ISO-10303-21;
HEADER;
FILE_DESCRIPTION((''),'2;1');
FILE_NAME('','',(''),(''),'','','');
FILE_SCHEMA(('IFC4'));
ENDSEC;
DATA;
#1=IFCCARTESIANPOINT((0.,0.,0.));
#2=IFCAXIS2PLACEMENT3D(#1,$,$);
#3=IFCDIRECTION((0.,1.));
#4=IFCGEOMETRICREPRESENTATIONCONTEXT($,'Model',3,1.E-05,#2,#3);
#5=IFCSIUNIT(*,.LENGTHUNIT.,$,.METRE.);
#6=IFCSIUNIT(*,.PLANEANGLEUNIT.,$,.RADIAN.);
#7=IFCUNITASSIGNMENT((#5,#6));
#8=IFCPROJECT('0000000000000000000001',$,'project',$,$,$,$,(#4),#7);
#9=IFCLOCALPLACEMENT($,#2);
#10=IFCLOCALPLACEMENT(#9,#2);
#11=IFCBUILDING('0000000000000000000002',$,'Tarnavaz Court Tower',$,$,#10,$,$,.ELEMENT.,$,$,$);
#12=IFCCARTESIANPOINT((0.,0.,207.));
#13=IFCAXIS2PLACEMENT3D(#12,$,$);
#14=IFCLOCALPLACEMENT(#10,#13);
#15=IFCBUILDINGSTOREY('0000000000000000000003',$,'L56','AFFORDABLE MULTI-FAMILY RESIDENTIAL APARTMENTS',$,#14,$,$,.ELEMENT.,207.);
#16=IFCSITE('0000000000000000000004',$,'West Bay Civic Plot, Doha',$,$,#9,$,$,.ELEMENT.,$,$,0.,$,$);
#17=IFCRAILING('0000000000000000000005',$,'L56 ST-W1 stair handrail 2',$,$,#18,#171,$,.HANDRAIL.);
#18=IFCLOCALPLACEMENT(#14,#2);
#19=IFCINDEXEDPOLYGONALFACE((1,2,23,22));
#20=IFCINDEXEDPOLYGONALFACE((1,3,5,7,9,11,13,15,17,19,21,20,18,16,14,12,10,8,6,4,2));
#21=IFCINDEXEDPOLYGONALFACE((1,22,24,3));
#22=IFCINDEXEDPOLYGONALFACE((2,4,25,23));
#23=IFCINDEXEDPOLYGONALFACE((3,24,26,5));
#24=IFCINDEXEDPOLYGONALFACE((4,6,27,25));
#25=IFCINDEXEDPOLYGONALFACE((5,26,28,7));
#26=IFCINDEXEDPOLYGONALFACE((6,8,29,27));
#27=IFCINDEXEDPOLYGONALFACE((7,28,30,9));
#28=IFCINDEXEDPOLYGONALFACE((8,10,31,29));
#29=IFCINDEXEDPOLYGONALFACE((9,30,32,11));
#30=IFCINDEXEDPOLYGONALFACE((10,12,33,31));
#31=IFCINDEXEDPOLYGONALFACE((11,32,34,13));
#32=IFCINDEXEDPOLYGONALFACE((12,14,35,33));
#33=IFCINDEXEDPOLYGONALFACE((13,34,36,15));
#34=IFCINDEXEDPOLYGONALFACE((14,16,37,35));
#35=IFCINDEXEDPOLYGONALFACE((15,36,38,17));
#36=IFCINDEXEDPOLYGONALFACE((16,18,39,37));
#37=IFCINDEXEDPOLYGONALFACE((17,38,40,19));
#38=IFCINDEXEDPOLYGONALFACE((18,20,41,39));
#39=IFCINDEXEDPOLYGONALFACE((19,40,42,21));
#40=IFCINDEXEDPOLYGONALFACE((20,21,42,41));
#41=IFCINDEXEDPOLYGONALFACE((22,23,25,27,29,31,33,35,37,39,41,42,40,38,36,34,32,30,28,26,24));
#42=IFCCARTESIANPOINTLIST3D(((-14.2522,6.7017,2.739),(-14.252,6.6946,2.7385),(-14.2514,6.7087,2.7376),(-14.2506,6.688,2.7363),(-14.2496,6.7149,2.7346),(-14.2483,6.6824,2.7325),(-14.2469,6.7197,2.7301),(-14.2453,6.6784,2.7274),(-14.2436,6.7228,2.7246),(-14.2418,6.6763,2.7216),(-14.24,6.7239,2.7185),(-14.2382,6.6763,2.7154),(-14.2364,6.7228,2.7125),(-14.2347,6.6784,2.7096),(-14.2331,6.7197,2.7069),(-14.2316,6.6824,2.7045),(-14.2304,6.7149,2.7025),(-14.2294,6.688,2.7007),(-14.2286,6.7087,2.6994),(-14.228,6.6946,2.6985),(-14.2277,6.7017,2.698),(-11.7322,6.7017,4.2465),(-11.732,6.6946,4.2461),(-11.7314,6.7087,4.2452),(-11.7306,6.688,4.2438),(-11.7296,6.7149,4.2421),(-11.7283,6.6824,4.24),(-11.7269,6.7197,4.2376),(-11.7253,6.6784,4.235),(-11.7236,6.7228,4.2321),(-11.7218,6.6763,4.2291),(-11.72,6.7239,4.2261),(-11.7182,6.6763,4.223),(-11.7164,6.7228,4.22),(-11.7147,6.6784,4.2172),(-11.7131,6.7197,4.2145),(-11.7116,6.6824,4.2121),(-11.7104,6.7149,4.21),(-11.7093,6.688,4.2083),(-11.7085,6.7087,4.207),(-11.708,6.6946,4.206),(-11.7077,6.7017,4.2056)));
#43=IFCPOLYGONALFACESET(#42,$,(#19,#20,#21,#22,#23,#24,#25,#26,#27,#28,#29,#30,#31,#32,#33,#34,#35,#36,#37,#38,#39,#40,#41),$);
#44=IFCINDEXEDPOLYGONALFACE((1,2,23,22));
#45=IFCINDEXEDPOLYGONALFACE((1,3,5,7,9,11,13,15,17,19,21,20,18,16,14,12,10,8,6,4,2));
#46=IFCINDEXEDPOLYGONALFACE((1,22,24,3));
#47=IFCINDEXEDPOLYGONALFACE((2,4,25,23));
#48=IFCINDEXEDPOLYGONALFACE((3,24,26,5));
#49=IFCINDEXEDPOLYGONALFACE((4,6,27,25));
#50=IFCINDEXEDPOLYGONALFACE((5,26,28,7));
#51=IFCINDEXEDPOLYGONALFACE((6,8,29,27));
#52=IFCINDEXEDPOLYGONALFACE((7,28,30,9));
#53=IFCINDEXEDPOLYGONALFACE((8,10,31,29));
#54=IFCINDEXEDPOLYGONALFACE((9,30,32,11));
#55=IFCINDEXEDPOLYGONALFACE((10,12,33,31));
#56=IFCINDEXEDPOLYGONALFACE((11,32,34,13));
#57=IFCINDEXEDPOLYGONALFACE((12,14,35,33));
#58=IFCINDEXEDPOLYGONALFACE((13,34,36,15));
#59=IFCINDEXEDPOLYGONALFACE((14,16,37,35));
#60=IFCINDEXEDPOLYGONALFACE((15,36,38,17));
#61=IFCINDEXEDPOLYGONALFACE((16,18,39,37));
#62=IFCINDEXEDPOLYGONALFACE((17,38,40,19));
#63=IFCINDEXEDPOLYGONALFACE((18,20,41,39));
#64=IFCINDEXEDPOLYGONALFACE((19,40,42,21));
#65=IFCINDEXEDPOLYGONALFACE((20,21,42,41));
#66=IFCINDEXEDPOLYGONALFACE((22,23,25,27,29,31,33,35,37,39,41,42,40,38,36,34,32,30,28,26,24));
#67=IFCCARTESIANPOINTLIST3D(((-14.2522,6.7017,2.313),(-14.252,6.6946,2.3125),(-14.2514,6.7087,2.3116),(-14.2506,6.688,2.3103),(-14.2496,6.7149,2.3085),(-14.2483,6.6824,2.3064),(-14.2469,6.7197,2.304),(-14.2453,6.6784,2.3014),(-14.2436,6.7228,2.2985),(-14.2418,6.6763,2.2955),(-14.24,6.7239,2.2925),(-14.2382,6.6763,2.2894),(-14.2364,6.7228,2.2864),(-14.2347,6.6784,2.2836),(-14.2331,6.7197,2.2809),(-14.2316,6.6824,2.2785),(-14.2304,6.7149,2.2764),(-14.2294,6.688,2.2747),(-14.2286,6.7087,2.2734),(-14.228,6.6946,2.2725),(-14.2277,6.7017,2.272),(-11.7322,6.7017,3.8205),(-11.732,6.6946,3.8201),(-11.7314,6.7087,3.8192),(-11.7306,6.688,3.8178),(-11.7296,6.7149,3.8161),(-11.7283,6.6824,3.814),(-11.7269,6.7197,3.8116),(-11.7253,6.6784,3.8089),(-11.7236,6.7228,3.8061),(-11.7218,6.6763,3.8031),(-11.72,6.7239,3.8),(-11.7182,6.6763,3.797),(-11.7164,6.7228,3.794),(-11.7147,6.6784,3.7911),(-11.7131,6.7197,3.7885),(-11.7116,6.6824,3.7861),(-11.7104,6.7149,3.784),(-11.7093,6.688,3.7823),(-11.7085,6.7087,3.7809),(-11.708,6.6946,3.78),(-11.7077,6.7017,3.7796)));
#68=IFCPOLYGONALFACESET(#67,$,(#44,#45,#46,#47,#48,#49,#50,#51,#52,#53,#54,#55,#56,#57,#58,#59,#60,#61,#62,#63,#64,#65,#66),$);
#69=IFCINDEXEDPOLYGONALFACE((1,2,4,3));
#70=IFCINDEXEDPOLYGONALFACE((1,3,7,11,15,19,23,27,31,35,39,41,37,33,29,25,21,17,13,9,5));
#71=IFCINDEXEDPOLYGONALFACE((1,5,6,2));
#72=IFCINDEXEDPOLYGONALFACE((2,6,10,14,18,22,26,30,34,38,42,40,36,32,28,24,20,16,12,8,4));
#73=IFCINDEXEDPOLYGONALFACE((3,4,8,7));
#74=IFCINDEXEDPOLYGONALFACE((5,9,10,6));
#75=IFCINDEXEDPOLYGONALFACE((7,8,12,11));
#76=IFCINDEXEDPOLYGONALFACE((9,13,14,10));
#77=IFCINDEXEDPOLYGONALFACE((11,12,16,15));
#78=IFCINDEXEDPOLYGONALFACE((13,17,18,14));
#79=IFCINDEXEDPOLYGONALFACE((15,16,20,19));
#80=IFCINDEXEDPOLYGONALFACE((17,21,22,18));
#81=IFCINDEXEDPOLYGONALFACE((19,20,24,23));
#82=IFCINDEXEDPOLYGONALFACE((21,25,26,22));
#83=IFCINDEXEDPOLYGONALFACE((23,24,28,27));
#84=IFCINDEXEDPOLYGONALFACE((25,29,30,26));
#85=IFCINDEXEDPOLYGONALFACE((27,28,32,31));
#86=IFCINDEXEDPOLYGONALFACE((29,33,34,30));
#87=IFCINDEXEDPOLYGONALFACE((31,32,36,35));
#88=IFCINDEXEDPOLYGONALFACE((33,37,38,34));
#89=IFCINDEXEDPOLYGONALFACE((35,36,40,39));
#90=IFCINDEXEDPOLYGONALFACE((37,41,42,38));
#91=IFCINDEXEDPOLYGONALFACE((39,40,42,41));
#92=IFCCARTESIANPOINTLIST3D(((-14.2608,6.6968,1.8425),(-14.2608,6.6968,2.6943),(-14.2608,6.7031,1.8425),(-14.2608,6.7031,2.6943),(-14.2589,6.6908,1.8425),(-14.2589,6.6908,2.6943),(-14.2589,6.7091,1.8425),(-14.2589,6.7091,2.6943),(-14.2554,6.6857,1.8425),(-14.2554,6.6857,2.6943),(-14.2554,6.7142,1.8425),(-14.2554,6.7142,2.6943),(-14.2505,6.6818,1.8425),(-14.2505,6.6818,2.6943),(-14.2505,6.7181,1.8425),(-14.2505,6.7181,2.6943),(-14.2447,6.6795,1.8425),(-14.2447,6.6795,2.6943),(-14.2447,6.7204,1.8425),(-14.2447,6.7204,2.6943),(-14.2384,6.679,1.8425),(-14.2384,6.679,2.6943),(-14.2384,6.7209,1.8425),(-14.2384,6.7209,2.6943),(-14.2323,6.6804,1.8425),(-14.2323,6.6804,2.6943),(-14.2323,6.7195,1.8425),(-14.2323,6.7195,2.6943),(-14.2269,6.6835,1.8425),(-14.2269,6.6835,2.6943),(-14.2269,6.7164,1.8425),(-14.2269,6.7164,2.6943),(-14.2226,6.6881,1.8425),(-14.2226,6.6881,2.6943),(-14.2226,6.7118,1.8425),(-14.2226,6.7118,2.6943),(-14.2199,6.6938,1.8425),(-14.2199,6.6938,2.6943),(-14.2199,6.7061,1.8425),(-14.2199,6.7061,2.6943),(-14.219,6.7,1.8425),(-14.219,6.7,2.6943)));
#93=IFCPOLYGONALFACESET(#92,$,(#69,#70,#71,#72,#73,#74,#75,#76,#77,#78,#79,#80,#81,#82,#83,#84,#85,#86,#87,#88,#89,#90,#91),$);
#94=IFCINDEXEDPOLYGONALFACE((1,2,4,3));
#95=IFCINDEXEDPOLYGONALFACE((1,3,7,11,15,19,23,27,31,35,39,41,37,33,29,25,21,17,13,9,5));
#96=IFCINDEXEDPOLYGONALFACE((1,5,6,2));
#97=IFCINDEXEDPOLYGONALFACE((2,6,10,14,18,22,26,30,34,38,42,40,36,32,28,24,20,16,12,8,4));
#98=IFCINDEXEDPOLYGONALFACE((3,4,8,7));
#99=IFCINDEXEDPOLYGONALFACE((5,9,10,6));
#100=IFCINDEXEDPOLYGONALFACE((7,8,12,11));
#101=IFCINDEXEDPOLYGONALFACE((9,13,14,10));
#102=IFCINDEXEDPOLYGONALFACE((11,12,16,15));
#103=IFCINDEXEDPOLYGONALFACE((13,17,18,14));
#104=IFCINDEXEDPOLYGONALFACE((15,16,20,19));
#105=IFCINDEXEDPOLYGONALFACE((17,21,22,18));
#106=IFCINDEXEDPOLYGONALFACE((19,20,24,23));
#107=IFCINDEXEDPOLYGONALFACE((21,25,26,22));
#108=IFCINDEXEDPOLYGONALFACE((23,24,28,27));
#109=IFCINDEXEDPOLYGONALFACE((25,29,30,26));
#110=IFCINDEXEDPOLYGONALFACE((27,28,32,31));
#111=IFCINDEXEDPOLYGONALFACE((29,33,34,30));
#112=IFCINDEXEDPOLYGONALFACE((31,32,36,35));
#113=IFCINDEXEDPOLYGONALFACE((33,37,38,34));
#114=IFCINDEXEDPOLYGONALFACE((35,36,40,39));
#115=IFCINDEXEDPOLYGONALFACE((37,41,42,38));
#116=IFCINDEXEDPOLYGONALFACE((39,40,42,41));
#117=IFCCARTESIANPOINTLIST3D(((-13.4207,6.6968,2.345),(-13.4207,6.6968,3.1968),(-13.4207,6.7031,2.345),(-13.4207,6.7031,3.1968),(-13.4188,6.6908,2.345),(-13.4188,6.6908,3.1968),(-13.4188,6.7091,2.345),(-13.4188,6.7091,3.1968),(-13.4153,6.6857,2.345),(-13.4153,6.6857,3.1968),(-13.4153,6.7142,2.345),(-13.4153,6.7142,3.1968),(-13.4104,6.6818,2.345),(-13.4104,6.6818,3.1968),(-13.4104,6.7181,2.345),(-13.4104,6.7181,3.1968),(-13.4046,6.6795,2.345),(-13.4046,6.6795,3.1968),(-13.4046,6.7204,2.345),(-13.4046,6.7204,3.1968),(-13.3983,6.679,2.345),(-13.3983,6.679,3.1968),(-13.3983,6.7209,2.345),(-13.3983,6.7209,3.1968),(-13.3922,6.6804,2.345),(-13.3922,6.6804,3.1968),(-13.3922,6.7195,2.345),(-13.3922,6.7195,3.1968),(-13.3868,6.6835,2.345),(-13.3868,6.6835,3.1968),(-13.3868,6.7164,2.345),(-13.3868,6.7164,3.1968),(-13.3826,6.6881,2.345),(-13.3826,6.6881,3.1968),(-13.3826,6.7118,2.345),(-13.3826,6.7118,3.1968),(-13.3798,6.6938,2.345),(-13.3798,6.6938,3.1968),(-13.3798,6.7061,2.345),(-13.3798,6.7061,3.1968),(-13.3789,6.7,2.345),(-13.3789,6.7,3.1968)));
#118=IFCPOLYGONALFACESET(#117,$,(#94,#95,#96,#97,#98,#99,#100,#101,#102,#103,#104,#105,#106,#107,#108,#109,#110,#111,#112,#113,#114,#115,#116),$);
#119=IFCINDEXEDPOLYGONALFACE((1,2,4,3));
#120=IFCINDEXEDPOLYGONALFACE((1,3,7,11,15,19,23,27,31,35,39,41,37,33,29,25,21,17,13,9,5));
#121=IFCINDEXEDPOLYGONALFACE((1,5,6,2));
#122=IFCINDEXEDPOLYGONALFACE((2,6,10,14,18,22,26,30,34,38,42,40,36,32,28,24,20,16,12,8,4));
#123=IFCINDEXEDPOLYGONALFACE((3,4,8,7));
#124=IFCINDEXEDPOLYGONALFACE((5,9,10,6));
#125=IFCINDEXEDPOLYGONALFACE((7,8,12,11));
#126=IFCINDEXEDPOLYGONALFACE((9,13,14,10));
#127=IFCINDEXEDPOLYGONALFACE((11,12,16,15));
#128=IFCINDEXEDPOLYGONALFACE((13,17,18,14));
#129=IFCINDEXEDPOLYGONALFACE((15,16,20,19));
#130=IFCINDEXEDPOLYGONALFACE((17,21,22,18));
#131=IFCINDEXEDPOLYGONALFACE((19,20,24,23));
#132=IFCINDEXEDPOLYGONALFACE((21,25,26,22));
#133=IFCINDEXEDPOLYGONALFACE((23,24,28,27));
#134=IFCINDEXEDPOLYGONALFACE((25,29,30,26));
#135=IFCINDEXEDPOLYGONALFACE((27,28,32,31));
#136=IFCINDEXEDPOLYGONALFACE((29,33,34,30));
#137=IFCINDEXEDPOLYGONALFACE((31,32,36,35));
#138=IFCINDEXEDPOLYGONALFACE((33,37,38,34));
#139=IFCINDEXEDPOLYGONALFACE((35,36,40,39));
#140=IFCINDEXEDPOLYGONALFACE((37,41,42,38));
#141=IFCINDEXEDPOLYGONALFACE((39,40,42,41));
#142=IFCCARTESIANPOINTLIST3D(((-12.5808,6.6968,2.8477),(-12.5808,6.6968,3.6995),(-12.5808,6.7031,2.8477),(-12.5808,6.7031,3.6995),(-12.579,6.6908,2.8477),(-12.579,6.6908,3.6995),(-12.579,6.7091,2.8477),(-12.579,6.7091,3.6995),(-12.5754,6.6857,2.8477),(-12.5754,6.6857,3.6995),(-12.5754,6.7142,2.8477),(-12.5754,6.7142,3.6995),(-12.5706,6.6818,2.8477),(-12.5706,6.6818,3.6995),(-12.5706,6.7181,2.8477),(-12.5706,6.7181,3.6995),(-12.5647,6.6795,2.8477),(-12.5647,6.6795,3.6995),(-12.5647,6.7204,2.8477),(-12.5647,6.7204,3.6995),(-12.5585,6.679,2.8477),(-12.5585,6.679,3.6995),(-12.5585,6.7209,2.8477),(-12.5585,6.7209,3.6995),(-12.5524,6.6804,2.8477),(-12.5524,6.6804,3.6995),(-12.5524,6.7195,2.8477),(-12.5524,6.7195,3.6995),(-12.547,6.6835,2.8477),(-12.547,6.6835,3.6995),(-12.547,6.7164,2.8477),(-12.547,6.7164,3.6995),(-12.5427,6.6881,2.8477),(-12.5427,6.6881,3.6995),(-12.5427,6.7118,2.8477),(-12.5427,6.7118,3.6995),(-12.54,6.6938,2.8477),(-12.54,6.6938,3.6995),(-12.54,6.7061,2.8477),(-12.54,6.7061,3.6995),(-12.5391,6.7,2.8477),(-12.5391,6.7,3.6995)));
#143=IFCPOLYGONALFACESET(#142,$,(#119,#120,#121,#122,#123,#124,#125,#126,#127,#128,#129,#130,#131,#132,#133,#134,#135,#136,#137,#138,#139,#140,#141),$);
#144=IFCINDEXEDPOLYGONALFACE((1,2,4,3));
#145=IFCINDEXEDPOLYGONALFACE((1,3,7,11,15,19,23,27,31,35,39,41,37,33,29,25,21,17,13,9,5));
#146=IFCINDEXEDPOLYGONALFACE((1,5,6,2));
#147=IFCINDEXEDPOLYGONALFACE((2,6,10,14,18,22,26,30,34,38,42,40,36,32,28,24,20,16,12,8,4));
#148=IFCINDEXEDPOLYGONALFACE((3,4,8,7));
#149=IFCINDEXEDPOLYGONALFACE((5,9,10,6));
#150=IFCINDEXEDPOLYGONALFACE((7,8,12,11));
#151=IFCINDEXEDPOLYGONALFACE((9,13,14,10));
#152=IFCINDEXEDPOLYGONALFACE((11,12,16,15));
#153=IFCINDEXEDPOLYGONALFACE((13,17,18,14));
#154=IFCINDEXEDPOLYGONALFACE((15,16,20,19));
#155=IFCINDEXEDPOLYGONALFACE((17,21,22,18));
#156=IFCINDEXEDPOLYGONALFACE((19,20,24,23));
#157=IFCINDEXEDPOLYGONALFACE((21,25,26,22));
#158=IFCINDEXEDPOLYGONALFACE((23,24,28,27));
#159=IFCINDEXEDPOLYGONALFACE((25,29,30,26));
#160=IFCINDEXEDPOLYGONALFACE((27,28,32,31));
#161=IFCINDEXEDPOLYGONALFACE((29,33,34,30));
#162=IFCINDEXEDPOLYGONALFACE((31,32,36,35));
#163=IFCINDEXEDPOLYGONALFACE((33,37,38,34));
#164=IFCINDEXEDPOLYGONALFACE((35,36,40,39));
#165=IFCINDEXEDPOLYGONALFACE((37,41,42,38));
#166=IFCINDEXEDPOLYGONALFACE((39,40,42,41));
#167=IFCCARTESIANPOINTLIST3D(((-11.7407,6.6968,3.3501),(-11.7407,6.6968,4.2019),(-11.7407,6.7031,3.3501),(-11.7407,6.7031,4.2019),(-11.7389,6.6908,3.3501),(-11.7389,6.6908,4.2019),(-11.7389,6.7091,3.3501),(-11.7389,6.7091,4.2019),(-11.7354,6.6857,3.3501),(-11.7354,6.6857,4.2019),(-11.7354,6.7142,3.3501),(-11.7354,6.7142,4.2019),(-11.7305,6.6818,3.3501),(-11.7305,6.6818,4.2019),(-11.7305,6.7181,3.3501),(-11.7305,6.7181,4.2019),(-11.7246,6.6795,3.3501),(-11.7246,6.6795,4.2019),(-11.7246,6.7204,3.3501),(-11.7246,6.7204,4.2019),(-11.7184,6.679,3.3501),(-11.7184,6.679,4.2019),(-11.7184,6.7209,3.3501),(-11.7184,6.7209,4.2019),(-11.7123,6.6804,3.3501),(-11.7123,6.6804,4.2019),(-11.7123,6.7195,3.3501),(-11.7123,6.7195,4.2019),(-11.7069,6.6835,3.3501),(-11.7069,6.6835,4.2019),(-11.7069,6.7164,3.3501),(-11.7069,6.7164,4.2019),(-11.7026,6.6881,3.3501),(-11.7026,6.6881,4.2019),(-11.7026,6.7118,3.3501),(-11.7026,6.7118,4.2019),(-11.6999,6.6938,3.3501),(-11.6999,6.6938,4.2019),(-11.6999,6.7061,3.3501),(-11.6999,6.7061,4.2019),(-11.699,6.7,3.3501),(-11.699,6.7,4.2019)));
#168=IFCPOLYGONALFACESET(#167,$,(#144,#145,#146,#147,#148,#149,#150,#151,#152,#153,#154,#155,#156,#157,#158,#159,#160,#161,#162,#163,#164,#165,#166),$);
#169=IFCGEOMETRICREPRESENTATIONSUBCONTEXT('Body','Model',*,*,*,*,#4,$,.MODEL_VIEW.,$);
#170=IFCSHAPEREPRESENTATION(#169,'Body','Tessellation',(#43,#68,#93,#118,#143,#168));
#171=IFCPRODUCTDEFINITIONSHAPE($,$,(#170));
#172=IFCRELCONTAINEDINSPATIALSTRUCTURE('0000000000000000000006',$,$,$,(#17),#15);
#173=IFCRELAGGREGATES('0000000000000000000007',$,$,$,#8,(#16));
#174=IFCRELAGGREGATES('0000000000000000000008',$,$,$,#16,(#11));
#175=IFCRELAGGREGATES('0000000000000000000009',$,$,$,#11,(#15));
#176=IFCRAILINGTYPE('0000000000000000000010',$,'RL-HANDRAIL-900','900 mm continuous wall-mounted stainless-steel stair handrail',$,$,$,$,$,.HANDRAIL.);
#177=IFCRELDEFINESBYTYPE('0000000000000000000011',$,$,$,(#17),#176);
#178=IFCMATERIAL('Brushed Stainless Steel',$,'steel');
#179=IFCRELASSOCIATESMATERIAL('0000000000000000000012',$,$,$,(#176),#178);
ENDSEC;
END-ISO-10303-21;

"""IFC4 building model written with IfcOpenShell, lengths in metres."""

from ifc_helpers import new_model, si_unit, direction, frame, origin, origin_2d, place, context, subcontext, project, spatial, circle, extrude, material, type_object, element, save


model = new_model("IFC4")

# Units and contexts
model_context = context("Model", 3, precision=1e-05, world=origin(), true_north=direction((0.0, 1.0)))
body_context = subcontext(model_context, "Body", "Model", "MODEL_VIEW")
ifc_project = project(units=[si_unit("LENGTHUNIT", "METRE"), si_unit("PLANEANGLEUNIT", "RADIAN")], contexts=[model_context])

# Site, building, storey
site_placement = place(None, origin())
site = spatial("IfcSite", under=ifc_project, at=site_placement, Name="West Bay Civic Plot, Doha", CompositionType="ELEMENT", RefElevation=0.0)
building_placement = place(site_placement, origin())
building = spatial("IfcBuilding", under=site, at=building_placement, Name="Tarnavaz Court Tower", CompositionType="ELEMENT")
storey_placement = place(building_placement, frame((0.0, 0.0, 207.0)))
storey = spatial("IfcBuildingStorey", under=building, at=storey_placement, Name="L56", Description="AFFORDABLE MULTI-FAMILY RESIDENTIAL APARTMENTS", CompositionType="ELEMENT", Elevation=207.0)

# Railing
ifc_material_1 = material(Name="Brushed Stainless Steel", Category="steel")
railing_type_1 = type_object("IfcRailingType", Name="RL-HANDRAIL-900", Description="900 mm continuous wall-mounted stainless-steel stair handrail", PredefinedType="HANDRAIL", material=ifc_material_1)
railing_1_placement = place(storey_placement, frame((-14.24, 6.7, 1.8425)))
element("IfcRailing", 1, at=railing_1_placement, inside=storey, type_object=railing_type_1, Name="L56 ST-W1 stair handrail 2", PredefinedType="HANDRAIL", context=body_context, shape_type="SweptSolid", body=[
    extrude(circle(Radius=0.0239, at=origin_2d()), frame((0.0, 0.0, 0.876), z_axis=(0.85816, 0.0, 0.513383), x_axis=(0.0, 1.0, 0.0)), (0.0, 0.0, 1.0), 2.9365),
    extrude(circle(Radius=0.0239, at=origin_2d()), frame((0.0, 0.0, 0.45), z_axis=(0.85816, 0.0, 0.513383), x_axis=(0.0, 1.0, 0.0)), (0.0, 0.0, 1.0), 2.9365),
    extrude(circle(Radius=0.021, at=origin_2d()), origin(), (0.0, 0.0, 1.0), 0.8518),
    extrude(circle(Radius=0.021, at=origin_2d()), frame((0.8401, 0.0, 0.5024)), (0.0, 0.0, 1.0), 0.8518),
    extrude(circle(Radius=0.021, at=origin_2d()), frame((1.6799, 0.0, 1.0051)), (0.0, 0.0, 1.0), 0.8518),
    extrude(circle(Radius=0.021, at=origin_2d()), frame((2.52, 0.0, 1.5076)), (0.0, 0.0, 1.0), 0.8518),
])

save(model, "model.ifc")
